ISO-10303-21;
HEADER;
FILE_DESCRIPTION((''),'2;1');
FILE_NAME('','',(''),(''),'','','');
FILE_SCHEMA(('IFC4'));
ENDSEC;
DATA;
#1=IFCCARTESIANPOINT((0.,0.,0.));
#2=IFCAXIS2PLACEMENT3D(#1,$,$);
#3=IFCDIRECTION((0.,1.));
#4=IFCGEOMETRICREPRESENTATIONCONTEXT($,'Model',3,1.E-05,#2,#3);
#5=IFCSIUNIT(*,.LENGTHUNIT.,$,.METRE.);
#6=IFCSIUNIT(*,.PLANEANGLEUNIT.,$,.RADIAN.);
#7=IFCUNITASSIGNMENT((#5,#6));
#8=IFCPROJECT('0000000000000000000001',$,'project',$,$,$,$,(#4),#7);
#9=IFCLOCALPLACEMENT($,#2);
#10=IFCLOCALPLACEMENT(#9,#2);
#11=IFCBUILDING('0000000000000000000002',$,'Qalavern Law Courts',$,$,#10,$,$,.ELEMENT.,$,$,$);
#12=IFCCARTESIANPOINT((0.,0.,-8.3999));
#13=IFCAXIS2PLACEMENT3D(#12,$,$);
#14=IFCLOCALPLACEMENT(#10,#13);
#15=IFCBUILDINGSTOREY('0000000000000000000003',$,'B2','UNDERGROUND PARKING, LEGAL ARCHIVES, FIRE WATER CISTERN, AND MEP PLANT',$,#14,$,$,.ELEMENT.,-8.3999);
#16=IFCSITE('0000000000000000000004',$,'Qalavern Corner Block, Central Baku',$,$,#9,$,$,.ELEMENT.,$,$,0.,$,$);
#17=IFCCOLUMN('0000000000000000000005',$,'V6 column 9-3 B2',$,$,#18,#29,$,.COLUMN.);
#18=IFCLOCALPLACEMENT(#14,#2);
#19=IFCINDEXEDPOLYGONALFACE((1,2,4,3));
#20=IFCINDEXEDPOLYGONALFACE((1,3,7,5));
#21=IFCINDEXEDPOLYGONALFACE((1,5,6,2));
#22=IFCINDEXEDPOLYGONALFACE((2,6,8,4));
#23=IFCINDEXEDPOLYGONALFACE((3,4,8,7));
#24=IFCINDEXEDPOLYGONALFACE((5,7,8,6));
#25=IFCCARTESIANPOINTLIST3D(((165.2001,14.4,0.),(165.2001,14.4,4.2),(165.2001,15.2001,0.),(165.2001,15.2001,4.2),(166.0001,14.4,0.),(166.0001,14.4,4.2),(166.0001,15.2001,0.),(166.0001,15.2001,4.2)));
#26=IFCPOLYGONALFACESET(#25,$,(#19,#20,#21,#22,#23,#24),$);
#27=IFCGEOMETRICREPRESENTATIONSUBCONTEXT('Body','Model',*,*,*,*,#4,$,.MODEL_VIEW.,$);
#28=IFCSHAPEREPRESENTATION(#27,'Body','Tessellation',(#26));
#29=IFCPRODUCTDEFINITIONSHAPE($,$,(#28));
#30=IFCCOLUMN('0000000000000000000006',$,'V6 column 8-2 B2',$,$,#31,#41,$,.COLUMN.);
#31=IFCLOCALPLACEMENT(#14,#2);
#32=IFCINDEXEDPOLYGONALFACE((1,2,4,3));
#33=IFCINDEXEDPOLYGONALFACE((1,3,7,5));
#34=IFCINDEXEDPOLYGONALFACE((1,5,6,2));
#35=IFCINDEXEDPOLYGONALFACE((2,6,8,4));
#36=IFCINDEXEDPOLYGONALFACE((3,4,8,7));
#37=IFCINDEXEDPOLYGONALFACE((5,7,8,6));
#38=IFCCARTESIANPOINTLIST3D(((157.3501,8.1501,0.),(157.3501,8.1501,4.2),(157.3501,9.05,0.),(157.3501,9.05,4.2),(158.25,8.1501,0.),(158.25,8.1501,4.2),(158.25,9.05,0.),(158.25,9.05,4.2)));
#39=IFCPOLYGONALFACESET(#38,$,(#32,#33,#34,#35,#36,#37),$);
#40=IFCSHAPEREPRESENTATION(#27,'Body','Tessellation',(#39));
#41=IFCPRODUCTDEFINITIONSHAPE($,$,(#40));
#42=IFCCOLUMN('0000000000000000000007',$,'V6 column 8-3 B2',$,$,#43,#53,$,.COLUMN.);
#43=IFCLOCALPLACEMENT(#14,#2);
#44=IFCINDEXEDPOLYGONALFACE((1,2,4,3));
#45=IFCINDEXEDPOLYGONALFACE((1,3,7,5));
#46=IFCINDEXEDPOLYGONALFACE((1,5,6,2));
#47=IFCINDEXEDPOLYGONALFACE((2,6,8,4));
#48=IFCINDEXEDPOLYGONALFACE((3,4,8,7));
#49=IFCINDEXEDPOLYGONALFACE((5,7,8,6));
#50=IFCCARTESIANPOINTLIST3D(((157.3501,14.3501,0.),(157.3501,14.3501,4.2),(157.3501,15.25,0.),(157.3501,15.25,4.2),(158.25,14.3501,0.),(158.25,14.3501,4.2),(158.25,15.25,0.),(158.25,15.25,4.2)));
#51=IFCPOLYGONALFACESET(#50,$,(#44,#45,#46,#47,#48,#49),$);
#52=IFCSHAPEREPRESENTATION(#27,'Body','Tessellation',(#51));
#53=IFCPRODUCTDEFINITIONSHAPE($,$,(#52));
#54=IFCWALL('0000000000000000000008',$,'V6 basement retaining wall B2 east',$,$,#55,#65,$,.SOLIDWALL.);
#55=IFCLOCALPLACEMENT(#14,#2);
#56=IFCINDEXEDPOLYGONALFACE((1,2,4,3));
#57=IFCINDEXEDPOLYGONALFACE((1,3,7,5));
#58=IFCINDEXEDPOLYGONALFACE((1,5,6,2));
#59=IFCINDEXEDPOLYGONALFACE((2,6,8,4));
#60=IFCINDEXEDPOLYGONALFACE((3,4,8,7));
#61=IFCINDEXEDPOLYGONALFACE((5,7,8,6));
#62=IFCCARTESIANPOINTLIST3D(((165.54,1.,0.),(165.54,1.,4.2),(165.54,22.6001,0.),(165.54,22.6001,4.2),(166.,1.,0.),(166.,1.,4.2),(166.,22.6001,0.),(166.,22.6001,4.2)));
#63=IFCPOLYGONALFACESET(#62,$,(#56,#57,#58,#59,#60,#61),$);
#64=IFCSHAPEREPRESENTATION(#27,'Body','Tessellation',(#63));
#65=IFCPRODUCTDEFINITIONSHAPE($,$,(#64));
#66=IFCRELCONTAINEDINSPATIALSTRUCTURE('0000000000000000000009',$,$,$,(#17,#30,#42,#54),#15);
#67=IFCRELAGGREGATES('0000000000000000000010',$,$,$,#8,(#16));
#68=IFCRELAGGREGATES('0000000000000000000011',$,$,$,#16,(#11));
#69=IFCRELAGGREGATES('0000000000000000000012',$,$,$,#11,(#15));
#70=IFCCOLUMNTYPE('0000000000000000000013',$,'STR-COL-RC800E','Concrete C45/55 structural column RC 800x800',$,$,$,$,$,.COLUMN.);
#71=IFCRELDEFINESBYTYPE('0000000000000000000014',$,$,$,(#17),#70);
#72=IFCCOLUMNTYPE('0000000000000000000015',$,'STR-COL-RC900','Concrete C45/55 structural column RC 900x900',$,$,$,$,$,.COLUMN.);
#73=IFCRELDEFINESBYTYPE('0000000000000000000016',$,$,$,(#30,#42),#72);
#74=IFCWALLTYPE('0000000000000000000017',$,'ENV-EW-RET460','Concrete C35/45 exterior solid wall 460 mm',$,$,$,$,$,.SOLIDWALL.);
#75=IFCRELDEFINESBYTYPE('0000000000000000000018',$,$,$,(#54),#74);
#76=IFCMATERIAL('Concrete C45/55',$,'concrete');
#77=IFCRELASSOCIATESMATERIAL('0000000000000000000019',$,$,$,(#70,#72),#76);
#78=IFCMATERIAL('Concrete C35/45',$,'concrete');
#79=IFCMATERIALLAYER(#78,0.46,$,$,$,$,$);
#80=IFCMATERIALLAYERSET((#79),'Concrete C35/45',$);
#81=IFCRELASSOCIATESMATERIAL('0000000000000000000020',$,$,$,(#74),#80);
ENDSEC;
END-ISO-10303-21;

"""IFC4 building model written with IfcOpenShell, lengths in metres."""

from ifc_helpers import new_model, si_unit, direction, frame, frame_2d, origin, origin_2d, place, context, subcontext, project, spatial, rectangle, extrude, material, layer, layer_set, material_profile, profile_set, type_object, element, save


model = new_model("IFC4")

# Units and contexts
model_context = context("Model", 3, precision=1e-05, world=origin(), true_north=direction((0.0, 1.0)))
body_context = subcontext(model_context, "Body", "Model", "MODEL_VIEW")
ifc_project = project(units=[si_unit("LENGTHUNIT", "METRE"), si_unit("PLANEANGLEUNIT", "RADIAN")], contexts=[model_context])

# Site, building, storey
site_placement = place(None, origin())
site = spatial("IfcSite", under=ifc_project, at=site_placement, Name="Qalavern Corner Block, Central Baku", CompositionType="ELEMENT", RefElevation=0.0)
building_placement = place(site_placement, origin())
building = spatial("IfcBuilding", under=site, at=building_placement, Name="Qalavern Law Courts", CompositionType="ELEMENT")
storey_placement = place(building_placement, frame((0.0, 0.0, -8.3999)))
storey = spatial("IfcBuildingStorey", under=building, at=storey_placement, Name="B2", Description="UNDERGROUND PARKING, LEGAL ARCHIVES, FIRE WATER CISTERN, AND MEP PLANT", CompositionType="ELEMENT", Elevation=-8.3999)

# Shared definitions
ifc_material_1 = material(Name="Concrete C35/45", Category="concrete")

# Columns
ifc_material_2 = material(Name="Concrete C45/55", Category="concrete")
ifc_material_profile_1 = material_profile(ifc_material_2, rectangle(XDim=0.8, YDim=0.8, at=origin_2d()), Name="RC 800x800")
ifc_profile_set_1 = profile_set([ifc_material_profile_1], Name="Concrete C45/55")
column_type_1 = type_object("IfcColumnType", Name="STR-COL-RC800E", Description="Concrete C45/55 structural column RC 800x800", PredefinedType="COLUMN", material=ifc_profile_set_1)
for number, where, z_axis, x_axis, name in (
    (1, (165.6001, 14.8, 0.0), (0.0, 0.0, 1.0), (1.0, 0.0, 0.0), "V6 column 9-3 B2"),
):
    element("IfcColumn", number, at=place(storey_placement, frame(where, z_axis=z_axis, x_axis=x_axis)), inside=storey, type_object=column_type_1, Name=name, PredefinedType="COLUMN", context=body_context, shape_type="SweptSolid", body=[
        extrude(rectangle(XDim=0.8, YDim=0.8, at=origin_2d()), origin(), (0.0, 0.0, 1.0), 4.2),
    ])
ifc_material_profile_2 = material_profile(ifc_material_2, rectangle(XDim=0.8999, YDim=0.8999, at=origin_2d()), Name="RC 900x900")
ifc_profile_set_2 = profile_set([ifc_material_profile_2], Name="Concrete C45/55")
column_type_2 = type_object("IfcColumnType", Name="STR-COL-RC900", Description="Concrete C45/55 structural column RC 900x900", PredefinedType="COLUMN", material=ifc_profile_set_2)
for number, where, z_axis, x_axis, name in (
    (2, (157.8, 8.6001, 0.0), (0.0, 0.0, 1.0), (1.0, 0.0, 0.0), "V6 column 8-2 B2"),
    (3, (157.8, 14.8, 0.0), (0.0, 0.0, 1.0), (1.0, 0.0, 0.0), "V6 column 8-3 B2"),
):
    element("IfcColumn", number, at=place(storey_placement, frame(where, z_axis=z_axis, x_axis=x_axis)), inside=storey, type_object=column_type_2, Name=name, PredefinedType="COLUMN", context=body_context, shape_type="SweptSolid", body=[
        extrude(rectangle(XDim=0.8999, YDim=0.8999, at=origin_2d()), origin(), (0.0, 0.0, 1.0), 4.2),
    ])

# Wall
ifc_layer = layer(ifc_material_1, 0.46)
ifc_layer_set = layer_set([ifc_layer], Name="Concrete C35/45")
wall_type = type_object("IfcWallType", Name="ENV-EW-RET460", Description="Concrete C35/45 exterior solid wall 460 mm", PredefinedType="SOLIDWALL", material=ifc_layer_set)
wall_placement = place(storey_placement, frame((165.77, 1.0, 0.0), z_axis=(0.0, 0.0, 1.0), x_axis=(0.0, 1.0, 0.0)))
element("IfcWall", 4, at=wall_placement, inside=storey, type_object=wall_type, Name="V6 basement retaining wall B2 east", PredefinedType="SOLIDWALL", context=body_context, shape_type="SweptSolid", body=[
    extrude(rectangle(XDim=21.6001, YDim=0.46, at=frame_2d((10.8, 0.0))), origin(), (0.0, 0.0, 1.0), 4.2),
])

save(model, "model.ifc")
